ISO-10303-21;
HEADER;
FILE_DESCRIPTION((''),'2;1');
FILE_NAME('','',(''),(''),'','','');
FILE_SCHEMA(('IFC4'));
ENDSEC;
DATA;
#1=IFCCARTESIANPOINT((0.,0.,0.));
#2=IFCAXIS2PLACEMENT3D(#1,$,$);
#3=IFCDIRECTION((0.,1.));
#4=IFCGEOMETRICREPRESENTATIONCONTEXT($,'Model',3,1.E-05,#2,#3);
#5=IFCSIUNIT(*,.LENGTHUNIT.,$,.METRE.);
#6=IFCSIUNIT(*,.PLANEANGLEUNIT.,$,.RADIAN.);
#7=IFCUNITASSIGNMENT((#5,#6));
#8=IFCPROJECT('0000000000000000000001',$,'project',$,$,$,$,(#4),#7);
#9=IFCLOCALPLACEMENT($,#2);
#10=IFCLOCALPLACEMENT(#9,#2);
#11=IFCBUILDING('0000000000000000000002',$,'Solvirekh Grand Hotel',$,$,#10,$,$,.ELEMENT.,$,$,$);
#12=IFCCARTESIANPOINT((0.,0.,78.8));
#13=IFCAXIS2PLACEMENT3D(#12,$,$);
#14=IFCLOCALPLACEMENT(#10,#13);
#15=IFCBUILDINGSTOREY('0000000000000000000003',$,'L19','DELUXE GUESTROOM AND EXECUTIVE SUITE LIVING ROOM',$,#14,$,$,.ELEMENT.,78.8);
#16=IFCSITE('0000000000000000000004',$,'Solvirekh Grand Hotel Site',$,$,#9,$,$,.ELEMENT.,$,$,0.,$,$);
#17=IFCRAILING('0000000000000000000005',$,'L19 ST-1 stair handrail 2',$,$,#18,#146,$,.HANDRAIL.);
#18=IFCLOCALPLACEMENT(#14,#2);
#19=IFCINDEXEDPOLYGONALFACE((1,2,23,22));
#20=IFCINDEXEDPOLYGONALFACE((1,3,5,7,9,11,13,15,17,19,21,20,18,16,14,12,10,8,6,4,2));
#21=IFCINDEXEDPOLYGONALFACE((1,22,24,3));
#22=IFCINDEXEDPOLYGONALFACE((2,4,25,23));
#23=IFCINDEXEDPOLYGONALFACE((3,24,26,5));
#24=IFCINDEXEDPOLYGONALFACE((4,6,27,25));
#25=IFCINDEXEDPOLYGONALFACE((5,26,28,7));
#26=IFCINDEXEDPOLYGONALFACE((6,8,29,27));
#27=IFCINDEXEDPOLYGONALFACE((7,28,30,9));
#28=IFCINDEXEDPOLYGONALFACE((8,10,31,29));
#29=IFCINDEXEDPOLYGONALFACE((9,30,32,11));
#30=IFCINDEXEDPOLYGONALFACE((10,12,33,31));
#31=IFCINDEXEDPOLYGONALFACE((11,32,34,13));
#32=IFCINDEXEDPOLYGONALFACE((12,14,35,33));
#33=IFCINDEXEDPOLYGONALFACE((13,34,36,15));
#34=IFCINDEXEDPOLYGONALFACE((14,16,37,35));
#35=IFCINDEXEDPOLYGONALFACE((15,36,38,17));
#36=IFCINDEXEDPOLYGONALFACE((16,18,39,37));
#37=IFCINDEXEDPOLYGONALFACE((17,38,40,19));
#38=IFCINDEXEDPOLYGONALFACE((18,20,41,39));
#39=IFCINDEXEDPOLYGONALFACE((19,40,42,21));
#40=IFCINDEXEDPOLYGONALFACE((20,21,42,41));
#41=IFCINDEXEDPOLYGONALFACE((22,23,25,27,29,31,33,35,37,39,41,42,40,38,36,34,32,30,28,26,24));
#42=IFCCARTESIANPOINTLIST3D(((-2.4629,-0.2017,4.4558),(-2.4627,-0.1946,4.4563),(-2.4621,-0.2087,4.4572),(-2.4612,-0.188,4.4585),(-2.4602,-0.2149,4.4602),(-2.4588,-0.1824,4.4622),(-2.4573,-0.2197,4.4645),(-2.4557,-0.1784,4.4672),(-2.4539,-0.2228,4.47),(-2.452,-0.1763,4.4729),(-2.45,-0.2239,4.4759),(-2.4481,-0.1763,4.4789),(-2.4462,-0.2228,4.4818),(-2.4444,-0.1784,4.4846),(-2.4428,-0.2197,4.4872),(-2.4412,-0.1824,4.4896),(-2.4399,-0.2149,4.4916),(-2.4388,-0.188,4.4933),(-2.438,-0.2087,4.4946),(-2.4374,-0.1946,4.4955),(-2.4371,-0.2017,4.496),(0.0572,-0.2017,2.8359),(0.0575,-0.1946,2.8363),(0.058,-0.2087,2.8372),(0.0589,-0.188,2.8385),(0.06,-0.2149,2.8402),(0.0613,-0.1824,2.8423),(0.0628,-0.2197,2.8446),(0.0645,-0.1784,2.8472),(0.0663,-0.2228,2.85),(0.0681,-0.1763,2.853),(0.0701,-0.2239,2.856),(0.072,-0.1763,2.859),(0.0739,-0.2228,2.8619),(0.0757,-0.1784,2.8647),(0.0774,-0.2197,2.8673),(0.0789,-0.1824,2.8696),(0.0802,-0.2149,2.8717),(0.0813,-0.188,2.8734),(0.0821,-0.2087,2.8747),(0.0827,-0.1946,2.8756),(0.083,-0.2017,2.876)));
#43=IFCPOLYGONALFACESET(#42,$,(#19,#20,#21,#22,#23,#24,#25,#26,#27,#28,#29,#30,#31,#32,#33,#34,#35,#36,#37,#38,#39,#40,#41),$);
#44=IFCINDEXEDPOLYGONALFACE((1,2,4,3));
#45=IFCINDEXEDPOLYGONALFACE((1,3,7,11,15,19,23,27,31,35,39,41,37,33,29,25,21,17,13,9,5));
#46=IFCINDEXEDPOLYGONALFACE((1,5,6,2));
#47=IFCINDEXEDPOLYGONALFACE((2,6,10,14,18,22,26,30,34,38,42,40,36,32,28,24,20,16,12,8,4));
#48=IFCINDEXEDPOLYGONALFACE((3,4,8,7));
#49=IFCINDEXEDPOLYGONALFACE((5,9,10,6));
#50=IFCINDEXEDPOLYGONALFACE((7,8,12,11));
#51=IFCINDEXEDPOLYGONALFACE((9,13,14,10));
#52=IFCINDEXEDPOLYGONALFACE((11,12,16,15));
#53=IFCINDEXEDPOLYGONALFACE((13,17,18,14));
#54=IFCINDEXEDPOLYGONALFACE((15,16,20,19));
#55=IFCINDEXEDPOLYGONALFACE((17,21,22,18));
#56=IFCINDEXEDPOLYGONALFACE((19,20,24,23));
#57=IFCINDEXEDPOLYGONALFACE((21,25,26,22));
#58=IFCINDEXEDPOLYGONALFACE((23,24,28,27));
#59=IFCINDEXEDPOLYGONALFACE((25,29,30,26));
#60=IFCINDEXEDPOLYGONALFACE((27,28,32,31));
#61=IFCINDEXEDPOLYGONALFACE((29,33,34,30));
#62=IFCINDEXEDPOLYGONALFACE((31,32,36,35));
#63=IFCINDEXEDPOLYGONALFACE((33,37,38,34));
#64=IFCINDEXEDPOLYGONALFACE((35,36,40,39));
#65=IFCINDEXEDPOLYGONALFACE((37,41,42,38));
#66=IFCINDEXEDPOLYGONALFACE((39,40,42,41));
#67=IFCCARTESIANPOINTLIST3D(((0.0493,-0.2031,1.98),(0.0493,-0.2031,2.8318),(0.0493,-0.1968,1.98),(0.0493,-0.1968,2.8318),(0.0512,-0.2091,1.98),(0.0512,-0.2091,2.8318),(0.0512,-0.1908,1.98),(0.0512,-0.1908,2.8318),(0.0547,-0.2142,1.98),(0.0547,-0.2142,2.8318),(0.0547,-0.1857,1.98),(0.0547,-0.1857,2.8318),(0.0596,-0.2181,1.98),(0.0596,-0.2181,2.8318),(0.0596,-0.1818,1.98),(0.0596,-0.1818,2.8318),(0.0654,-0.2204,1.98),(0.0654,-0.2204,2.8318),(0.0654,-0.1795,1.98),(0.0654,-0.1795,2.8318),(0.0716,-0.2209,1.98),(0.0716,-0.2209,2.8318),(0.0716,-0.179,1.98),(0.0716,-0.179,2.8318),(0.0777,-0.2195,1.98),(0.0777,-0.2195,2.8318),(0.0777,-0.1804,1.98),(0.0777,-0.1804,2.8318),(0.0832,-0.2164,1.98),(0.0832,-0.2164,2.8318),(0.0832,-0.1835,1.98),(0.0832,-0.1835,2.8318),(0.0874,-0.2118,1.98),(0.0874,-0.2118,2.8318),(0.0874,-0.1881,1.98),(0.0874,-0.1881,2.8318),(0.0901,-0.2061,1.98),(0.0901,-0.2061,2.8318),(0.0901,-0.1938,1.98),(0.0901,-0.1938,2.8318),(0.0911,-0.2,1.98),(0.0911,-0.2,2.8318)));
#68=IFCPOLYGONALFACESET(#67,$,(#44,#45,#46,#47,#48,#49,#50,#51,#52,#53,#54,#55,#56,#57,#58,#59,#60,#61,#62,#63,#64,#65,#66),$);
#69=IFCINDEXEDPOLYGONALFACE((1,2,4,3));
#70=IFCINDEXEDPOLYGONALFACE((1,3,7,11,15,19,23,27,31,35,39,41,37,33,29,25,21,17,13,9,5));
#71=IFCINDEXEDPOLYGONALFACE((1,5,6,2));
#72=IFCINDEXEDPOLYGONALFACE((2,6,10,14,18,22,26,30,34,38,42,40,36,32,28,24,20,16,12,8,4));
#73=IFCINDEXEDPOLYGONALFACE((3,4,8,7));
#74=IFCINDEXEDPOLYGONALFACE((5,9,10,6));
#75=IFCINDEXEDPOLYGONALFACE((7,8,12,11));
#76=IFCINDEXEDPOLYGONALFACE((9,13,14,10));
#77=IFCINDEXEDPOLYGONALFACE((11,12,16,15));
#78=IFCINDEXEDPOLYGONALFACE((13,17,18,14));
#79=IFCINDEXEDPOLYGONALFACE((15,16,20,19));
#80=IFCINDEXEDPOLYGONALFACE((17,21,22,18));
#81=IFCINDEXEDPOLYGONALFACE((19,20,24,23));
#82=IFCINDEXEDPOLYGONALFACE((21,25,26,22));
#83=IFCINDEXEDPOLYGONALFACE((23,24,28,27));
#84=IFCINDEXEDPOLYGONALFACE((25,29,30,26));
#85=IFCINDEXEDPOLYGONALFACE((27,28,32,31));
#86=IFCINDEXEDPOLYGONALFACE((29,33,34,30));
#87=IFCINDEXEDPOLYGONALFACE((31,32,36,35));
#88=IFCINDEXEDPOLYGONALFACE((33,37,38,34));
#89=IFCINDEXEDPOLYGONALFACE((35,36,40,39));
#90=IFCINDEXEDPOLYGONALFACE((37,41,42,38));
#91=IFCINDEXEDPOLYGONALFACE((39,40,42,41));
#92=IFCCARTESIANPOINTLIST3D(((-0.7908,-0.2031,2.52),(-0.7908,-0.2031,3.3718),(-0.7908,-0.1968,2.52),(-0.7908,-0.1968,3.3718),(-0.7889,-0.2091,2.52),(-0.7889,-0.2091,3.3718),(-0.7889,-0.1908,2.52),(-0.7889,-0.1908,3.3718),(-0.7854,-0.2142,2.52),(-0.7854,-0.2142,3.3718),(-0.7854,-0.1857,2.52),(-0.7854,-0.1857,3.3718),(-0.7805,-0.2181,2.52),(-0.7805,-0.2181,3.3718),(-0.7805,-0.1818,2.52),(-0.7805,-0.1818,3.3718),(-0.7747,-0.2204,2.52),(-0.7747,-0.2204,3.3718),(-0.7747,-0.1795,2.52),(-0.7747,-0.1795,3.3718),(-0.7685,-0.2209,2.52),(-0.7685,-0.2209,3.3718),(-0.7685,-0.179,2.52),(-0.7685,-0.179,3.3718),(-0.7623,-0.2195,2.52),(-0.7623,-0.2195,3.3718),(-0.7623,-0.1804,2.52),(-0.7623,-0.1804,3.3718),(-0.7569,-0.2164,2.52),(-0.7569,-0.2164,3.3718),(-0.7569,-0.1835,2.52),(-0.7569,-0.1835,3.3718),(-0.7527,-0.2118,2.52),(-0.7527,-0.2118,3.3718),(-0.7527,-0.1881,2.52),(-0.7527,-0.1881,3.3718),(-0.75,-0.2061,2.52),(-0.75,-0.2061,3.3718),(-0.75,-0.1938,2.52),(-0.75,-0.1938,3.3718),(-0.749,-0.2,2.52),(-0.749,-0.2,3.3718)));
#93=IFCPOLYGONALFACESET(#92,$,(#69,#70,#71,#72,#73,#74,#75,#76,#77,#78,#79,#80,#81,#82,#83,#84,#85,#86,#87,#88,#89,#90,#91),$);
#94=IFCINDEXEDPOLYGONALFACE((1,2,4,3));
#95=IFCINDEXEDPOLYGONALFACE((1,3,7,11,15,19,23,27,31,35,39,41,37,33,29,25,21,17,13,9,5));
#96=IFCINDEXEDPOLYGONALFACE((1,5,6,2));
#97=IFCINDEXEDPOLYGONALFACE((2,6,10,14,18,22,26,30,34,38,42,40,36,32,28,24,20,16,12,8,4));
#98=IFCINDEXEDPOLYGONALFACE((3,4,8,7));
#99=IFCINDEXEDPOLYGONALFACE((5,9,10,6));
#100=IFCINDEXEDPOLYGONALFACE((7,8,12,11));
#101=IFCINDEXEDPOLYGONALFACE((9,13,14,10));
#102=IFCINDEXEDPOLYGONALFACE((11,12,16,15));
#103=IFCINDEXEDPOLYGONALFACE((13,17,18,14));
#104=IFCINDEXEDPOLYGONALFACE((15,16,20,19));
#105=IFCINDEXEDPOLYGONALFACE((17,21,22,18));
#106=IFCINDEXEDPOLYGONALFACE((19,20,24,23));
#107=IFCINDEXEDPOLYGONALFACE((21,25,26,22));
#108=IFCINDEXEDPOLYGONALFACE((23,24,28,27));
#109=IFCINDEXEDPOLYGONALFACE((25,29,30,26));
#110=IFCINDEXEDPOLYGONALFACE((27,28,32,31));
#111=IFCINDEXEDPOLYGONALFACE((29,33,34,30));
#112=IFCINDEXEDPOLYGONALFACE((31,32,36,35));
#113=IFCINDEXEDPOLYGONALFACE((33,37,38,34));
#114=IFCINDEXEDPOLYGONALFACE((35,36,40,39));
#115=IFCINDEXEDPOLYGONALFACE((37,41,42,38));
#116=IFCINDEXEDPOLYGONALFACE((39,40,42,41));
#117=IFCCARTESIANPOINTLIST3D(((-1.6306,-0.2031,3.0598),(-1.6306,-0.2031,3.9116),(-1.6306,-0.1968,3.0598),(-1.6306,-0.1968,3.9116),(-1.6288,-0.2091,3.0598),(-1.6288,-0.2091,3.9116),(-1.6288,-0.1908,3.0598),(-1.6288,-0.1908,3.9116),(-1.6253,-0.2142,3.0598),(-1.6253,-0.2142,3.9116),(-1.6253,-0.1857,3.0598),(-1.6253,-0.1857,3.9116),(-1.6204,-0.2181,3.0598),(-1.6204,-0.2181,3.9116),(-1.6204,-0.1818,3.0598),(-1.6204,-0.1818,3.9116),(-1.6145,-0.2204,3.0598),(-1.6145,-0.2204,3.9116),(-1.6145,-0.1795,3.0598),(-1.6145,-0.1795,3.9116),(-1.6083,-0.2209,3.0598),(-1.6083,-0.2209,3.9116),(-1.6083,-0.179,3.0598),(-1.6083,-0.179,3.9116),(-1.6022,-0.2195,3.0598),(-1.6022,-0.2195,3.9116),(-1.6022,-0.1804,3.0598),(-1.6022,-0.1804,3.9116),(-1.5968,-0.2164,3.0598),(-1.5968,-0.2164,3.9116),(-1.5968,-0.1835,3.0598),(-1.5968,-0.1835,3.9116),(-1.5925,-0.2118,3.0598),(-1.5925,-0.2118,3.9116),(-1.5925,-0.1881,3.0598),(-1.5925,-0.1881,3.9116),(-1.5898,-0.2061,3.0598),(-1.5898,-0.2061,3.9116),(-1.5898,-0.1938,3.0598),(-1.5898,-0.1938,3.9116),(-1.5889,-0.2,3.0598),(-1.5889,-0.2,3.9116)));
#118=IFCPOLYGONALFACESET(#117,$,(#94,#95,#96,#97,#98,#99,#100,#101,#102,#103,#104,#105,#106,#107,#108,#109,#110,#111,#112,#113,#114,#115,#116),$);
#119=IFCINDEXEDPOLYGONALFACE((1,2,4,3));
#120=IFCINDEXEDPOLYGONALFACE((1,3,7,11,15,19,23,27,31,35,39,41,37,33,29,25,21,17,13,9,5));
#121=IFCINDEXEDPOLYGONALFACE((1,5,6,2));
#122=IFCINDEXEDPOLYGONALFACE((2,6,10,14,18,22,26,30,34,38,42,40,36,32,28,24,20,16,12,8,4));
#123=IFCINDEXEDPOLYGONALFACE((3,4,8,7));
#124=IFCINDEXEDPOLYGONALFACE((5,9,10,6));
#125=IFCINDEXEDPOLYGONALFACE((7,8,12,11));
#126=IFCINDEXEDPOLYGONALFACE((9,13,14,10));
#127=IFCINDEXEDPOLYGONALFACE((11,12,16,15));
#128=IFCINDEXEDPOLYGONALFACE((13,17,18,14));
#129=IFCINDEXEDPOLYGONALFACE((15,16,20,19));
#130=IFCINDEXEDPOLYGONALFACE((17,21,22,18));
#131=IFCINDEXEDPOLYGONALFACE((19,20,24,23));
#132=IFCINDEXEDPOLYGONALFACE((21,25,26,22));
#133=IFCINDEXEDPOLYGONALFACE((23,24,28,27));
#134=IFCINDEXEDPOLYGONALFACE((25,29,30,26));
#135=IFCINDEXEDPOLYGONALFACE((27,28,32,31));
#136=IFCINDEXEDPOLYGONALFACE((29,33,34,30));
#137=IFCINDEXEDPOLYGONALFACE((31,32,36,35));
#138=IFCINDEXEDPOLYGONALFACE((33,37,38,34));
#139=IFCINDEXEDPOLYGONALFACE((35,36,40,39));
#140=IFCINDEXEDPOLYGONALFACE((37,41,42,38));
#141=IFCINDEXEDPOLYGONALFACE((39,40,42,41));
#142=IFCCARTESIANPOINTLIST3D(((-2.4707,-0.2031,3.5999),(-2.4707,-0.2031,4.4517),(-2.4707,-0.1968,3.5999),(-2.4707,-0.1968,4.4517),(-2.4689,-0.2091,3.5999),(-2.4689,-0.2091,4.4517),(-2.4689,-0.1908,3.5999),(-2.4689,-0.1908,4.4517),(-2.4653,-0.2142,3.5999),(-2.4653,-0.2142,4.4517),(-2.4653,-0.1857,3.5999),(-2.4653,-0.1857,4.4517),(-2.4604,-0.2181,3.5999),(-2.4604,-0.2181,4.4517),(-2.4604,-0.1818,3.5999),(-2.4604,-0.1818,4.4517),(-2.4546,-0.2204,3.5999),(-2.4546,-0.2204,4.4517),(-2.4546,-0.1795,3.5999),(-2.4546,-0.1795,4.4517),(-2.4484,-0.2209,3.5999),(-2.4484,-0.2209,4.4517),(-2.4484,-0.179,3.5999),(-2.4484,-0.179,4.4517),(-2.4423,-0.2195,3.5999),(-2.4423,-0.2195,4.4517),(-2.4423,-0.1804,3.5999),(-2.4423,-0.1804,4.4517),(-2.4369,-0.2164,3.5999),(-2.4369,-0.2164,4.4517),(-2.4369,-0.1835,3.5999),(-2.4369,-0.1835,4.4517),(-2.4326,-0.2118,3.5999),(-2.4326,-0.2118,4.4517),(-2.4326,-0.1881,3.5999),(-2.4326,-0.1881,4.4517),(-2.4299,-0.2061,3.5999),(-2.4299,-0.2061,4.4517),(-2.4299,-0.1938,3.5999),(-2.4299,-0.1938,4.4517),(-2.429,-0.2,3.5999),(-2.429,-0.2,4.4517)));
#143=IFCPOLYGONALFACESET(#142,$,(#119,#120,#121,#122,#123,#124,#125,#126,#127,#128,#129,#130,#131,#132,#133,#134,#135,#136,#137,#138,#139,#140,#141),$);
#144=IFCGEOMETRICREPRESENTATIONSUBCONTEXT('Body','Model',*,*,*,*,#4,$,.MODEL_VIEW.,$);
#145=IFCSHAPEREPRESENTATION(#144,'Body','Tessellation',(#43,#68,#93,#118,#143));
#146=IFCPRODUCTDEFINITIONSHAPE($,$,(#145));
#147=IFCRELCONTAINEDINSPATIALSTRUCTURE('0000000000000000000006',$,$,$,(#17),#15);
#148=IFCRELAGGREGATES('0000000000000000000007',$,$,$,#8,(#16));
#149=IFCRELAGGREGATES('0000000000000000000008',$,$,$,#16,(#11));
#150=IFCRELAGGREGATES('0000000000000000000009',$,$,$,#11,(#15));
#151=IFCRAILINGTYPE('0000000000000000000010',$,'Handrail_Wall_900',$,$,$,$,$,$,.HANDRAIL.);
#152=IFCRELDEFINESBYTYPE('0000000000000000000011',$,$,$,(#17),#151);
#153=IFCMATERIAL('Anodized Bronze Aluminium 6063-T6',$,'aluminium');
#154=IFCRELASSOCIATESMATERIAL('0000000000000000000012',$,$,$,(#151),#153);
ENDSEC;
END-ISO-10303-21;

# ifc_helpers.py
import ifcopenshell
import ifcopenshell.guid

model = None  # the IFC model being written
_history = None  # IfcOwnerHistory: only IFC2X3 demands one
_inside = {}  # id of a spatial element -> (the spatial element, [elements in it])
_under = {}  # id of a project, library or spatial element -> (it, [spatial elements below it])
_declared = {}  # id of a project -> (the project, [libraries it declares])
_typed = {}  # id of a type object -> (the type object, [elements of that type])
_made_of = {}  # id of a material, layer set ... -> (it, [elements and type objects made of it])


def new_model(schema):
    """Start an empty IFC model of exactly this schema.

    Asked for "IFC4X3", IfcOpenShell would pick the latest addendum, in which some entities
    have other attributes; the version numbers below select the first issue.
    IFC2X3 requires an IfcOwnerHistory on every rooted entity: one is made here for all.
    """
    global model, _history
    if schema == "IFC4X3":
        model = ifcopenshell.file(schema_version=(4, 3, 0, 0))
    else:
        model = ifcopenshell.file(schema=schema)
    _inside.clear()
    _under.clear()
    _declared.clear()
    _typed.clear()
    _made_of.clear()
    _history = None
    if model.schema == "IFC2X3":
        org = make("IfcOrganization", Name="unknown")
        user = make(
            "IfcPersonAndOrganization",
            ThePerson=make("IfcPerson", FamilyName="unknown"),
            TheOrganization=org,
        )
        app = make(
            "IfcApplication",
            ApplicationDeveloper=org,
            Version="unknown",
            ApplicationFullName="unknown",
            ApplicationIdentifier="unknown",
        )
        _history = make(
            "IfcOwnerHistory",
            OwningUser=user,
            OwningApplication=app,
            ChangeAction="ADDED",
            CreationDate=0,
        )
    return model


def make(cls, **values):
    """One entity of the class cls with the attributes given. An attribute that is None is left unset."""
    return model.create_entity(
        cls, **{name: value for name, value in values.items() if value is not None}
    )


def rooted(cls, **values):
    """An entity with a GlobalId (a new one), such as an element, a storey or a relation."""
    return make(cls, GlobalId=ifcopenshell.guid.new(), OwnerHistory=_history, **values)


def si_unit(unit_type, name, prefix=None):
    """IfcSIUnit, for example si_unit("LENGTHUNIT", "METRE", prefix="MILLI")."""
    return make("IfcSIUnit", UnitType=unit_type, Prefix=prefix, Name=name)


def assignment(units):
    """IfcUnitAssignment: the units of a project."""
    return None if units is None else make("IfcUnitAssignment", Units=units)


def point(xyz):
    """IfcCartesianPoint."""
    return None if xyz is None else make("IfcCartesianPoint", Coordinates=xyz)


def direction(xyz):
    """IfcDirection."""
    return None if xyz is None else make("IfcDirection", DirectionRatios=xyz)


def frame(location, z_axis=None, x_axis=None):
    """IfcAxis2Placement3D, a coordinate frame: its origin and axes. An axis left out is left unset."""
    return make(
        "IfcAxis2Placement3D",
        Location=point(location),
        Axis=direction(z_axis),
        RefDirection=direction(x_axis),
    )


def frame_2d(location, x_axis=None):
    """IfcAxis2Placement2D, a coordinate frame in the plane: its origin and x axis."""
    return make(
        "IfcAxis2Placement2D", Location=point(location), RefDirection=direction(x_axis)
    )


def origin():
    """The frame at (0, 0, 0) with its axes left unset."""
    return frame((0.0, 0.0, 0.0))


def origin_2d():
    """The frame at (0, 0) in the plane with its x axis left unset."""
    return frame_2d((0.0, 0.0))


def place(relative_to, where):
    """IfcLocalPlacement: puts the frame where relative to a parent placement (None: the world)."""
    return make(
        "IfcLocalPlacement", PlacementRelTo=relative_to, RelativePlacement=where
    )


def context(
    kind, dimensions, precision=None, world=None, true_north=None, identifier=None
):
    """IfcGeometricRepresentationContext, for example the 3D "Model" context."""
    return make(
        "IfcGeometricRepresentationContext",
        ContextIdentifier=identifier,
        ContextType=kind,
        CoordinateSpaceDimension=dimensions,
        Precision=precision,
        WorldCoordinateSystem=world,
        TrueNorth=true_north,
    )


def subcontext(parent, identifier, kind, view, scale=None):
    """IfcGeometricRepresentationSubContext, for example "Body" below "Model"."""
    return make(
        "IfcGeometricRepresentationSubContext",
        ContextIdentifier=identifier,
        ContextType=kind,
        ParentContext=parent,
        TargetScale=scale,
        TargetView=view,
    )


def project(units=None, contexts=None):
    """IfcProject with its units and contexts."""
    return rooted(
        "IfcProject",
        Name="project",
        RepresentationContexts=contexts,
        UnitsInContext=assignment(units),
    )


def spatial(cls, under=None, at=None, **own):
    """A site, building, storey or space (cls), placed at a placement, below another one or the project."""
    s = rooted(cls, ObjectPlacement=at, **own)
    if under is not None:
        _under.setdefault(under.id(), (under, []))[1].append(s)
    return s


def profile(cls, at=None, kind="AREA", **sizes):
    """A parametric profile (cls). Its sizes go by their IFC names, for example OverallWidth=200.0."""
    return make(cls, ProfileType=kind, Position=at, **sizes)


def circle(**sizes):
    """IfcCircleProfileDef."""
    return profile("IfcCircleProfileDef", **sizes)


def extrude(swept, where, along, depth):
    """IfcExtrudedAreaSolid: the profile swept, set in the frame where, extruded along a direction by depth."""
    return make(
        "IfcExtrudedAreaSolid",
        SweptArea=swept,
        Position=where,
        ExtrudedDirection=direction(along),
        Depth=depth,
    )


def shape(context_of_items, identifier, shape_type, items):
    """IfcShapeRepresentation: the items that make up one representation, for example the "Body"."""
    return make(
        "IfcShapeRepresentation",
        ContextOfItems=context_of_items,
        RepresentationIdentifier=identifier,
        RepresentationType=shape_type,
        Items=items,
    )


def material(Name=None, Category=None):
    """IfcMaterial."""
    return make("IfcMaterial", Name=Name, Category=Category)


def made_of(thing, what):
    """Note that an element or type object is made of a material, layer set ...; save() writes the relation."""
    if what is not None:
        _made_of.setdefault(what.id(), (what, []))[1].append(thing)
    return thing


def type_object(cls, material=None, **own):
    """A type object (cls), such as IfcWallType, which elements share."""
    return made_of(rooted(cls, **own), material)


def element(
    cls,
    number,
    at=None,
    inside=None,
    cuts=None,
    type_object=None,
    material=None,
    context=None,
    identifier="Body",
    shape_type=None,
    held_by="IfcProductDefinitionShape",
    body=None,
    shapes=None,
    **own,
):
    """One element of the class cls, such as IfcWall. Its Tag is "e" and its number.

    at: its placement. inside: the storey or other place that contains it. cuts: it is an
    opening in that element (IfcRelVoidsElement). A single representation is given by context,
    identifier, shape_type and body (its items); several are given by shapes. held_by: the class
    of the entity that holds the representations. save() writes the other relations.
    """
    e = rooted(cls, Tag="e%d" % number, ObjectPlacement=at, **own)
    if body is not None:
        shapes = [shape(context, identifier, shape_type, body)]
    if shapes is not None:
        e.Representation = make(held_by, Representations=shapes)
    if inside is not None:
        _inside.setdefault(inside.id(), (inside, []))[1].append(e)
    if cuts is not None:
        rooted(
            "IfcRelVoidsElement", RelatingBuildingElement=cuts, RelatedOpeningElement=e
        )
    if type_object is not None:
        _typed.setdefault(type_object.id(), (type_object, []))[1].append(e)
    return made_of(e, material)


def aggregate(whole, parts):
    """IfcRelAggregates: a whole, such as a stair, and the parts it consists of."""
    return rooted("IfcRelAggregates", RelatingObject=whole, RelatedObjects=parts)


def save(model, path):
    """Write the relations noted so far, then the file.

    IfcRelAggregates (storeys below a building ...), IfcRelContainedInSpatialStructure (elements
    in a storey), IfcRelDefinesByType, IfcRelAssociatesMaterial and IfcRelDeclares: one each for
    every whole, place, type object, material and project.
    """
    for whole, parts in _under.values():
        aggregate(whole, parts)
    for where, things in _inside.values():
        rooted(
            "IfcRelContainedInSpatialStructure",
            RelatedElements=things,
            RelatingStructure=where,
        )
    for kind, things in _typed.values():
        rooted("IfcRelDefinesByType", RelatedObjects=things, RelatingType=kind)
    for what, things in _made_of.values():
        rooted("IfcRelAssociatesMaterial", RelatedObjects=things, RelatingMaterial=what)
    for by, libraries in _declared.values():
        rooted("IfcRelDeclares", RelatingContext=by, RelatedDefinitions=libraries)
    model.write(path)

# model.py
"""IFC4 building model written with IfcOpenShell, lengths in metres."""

from ifc_helpers import new_model, si_unit, direction, frame, origin, origin_2d, place, context, subcontext, project, spatial, circle, extrude, material, type_object, element, save


model = new_model("IFC4")

# Units and contexts
model_context = context("Model", 3, precision=1e-05, world=origin(), true_north=direction((0.0, 1.0)))
body_context = subcontext(model_context, "Body", "Model", "MODEL_VIEW")
ifc_project = project(units=[si_unit("LENGTHUNIT", "METRE"), si_unit("PLANEANGLEUNIT", "RADIAN")], contexts=[model_context])

# Site, building, storey
site_placement = place(None, origin())
site = spatial("IfcSite", under=ifc_project, at=site_placement, Name="Solvirekh Grand Hotel Site", CompositionType="ELEMENT", RefElevation=0.0)
building_placement = place(site_placement, origin())
building = spatial("IfcBuilding", under=site, at=building_placement, Name="Solvirekh Grand Hotel", CompositionType="ELEMENT")
storey_placement = place(building_placement, frame((0.0, 0.0, 78.8)))
storey = spatial("IfcBuildingStorey", under=building, at=storey_placement, Name="L19", Description="DELUXE GUESTROOM AND EXECUTIVE SUITE LIVING ROOM", CompositionType="ELEMENT", Elevation=78.8)

# Railing
ifc_material_1 = material(Name="Anodized Bronze Aluminium 6063-T6", Category="aluminium")
railing_type_1 = type_object("IfcRailingType", Name="Handrail_Wall_900", PredefinedType="HANDRAIL", material=ifc_material_1)
railing_1_placement = place(storey_placement, frame((0.0701, -0.2, 1.98)))
element("IfcRailing", 1, at=railing_1_placement, inside=storey, type_object=railing_type_1, Name="L19 ST-1 stair handrail 2", PredefinedType="HANDRAIL", context=body_context, shape_type="SweptSolid", body=[
    extrude(circle(Radius=0.0239, at=origin_2d()), frame((0.0, 0.0, 0.876), z_axis=(-0.8412, 0.0, 0.540725), x_axis=(0.0, -1.0, 0.0)), (0.0, 0.0, 1.0), 2.9958),
    extrude(circle(Radius=0.021, at=origin_2d()), origin(), (0.0, 0.0, 1.0), 0.8518),
    extrude(circle(Radius=0.021, at=origin_2d()), frame((-0.8401, 0.0, 0.54)), (0.0, 0.0, 1.0), 0.8518),
    extrude(circle(Radius=0.021, at=origin_2d()), frame((-1.6799, 0.0, 1.0798)), (0.0, 0.0, 1.0), 0.8518),
    extrude(circle(Radius=0.021, at=origin_2d()), frame((-2.52, 0.0, 1.6199)), (0.0, 0.0, 1.0), 0.8518),
])

save(model, "model.ifc")
